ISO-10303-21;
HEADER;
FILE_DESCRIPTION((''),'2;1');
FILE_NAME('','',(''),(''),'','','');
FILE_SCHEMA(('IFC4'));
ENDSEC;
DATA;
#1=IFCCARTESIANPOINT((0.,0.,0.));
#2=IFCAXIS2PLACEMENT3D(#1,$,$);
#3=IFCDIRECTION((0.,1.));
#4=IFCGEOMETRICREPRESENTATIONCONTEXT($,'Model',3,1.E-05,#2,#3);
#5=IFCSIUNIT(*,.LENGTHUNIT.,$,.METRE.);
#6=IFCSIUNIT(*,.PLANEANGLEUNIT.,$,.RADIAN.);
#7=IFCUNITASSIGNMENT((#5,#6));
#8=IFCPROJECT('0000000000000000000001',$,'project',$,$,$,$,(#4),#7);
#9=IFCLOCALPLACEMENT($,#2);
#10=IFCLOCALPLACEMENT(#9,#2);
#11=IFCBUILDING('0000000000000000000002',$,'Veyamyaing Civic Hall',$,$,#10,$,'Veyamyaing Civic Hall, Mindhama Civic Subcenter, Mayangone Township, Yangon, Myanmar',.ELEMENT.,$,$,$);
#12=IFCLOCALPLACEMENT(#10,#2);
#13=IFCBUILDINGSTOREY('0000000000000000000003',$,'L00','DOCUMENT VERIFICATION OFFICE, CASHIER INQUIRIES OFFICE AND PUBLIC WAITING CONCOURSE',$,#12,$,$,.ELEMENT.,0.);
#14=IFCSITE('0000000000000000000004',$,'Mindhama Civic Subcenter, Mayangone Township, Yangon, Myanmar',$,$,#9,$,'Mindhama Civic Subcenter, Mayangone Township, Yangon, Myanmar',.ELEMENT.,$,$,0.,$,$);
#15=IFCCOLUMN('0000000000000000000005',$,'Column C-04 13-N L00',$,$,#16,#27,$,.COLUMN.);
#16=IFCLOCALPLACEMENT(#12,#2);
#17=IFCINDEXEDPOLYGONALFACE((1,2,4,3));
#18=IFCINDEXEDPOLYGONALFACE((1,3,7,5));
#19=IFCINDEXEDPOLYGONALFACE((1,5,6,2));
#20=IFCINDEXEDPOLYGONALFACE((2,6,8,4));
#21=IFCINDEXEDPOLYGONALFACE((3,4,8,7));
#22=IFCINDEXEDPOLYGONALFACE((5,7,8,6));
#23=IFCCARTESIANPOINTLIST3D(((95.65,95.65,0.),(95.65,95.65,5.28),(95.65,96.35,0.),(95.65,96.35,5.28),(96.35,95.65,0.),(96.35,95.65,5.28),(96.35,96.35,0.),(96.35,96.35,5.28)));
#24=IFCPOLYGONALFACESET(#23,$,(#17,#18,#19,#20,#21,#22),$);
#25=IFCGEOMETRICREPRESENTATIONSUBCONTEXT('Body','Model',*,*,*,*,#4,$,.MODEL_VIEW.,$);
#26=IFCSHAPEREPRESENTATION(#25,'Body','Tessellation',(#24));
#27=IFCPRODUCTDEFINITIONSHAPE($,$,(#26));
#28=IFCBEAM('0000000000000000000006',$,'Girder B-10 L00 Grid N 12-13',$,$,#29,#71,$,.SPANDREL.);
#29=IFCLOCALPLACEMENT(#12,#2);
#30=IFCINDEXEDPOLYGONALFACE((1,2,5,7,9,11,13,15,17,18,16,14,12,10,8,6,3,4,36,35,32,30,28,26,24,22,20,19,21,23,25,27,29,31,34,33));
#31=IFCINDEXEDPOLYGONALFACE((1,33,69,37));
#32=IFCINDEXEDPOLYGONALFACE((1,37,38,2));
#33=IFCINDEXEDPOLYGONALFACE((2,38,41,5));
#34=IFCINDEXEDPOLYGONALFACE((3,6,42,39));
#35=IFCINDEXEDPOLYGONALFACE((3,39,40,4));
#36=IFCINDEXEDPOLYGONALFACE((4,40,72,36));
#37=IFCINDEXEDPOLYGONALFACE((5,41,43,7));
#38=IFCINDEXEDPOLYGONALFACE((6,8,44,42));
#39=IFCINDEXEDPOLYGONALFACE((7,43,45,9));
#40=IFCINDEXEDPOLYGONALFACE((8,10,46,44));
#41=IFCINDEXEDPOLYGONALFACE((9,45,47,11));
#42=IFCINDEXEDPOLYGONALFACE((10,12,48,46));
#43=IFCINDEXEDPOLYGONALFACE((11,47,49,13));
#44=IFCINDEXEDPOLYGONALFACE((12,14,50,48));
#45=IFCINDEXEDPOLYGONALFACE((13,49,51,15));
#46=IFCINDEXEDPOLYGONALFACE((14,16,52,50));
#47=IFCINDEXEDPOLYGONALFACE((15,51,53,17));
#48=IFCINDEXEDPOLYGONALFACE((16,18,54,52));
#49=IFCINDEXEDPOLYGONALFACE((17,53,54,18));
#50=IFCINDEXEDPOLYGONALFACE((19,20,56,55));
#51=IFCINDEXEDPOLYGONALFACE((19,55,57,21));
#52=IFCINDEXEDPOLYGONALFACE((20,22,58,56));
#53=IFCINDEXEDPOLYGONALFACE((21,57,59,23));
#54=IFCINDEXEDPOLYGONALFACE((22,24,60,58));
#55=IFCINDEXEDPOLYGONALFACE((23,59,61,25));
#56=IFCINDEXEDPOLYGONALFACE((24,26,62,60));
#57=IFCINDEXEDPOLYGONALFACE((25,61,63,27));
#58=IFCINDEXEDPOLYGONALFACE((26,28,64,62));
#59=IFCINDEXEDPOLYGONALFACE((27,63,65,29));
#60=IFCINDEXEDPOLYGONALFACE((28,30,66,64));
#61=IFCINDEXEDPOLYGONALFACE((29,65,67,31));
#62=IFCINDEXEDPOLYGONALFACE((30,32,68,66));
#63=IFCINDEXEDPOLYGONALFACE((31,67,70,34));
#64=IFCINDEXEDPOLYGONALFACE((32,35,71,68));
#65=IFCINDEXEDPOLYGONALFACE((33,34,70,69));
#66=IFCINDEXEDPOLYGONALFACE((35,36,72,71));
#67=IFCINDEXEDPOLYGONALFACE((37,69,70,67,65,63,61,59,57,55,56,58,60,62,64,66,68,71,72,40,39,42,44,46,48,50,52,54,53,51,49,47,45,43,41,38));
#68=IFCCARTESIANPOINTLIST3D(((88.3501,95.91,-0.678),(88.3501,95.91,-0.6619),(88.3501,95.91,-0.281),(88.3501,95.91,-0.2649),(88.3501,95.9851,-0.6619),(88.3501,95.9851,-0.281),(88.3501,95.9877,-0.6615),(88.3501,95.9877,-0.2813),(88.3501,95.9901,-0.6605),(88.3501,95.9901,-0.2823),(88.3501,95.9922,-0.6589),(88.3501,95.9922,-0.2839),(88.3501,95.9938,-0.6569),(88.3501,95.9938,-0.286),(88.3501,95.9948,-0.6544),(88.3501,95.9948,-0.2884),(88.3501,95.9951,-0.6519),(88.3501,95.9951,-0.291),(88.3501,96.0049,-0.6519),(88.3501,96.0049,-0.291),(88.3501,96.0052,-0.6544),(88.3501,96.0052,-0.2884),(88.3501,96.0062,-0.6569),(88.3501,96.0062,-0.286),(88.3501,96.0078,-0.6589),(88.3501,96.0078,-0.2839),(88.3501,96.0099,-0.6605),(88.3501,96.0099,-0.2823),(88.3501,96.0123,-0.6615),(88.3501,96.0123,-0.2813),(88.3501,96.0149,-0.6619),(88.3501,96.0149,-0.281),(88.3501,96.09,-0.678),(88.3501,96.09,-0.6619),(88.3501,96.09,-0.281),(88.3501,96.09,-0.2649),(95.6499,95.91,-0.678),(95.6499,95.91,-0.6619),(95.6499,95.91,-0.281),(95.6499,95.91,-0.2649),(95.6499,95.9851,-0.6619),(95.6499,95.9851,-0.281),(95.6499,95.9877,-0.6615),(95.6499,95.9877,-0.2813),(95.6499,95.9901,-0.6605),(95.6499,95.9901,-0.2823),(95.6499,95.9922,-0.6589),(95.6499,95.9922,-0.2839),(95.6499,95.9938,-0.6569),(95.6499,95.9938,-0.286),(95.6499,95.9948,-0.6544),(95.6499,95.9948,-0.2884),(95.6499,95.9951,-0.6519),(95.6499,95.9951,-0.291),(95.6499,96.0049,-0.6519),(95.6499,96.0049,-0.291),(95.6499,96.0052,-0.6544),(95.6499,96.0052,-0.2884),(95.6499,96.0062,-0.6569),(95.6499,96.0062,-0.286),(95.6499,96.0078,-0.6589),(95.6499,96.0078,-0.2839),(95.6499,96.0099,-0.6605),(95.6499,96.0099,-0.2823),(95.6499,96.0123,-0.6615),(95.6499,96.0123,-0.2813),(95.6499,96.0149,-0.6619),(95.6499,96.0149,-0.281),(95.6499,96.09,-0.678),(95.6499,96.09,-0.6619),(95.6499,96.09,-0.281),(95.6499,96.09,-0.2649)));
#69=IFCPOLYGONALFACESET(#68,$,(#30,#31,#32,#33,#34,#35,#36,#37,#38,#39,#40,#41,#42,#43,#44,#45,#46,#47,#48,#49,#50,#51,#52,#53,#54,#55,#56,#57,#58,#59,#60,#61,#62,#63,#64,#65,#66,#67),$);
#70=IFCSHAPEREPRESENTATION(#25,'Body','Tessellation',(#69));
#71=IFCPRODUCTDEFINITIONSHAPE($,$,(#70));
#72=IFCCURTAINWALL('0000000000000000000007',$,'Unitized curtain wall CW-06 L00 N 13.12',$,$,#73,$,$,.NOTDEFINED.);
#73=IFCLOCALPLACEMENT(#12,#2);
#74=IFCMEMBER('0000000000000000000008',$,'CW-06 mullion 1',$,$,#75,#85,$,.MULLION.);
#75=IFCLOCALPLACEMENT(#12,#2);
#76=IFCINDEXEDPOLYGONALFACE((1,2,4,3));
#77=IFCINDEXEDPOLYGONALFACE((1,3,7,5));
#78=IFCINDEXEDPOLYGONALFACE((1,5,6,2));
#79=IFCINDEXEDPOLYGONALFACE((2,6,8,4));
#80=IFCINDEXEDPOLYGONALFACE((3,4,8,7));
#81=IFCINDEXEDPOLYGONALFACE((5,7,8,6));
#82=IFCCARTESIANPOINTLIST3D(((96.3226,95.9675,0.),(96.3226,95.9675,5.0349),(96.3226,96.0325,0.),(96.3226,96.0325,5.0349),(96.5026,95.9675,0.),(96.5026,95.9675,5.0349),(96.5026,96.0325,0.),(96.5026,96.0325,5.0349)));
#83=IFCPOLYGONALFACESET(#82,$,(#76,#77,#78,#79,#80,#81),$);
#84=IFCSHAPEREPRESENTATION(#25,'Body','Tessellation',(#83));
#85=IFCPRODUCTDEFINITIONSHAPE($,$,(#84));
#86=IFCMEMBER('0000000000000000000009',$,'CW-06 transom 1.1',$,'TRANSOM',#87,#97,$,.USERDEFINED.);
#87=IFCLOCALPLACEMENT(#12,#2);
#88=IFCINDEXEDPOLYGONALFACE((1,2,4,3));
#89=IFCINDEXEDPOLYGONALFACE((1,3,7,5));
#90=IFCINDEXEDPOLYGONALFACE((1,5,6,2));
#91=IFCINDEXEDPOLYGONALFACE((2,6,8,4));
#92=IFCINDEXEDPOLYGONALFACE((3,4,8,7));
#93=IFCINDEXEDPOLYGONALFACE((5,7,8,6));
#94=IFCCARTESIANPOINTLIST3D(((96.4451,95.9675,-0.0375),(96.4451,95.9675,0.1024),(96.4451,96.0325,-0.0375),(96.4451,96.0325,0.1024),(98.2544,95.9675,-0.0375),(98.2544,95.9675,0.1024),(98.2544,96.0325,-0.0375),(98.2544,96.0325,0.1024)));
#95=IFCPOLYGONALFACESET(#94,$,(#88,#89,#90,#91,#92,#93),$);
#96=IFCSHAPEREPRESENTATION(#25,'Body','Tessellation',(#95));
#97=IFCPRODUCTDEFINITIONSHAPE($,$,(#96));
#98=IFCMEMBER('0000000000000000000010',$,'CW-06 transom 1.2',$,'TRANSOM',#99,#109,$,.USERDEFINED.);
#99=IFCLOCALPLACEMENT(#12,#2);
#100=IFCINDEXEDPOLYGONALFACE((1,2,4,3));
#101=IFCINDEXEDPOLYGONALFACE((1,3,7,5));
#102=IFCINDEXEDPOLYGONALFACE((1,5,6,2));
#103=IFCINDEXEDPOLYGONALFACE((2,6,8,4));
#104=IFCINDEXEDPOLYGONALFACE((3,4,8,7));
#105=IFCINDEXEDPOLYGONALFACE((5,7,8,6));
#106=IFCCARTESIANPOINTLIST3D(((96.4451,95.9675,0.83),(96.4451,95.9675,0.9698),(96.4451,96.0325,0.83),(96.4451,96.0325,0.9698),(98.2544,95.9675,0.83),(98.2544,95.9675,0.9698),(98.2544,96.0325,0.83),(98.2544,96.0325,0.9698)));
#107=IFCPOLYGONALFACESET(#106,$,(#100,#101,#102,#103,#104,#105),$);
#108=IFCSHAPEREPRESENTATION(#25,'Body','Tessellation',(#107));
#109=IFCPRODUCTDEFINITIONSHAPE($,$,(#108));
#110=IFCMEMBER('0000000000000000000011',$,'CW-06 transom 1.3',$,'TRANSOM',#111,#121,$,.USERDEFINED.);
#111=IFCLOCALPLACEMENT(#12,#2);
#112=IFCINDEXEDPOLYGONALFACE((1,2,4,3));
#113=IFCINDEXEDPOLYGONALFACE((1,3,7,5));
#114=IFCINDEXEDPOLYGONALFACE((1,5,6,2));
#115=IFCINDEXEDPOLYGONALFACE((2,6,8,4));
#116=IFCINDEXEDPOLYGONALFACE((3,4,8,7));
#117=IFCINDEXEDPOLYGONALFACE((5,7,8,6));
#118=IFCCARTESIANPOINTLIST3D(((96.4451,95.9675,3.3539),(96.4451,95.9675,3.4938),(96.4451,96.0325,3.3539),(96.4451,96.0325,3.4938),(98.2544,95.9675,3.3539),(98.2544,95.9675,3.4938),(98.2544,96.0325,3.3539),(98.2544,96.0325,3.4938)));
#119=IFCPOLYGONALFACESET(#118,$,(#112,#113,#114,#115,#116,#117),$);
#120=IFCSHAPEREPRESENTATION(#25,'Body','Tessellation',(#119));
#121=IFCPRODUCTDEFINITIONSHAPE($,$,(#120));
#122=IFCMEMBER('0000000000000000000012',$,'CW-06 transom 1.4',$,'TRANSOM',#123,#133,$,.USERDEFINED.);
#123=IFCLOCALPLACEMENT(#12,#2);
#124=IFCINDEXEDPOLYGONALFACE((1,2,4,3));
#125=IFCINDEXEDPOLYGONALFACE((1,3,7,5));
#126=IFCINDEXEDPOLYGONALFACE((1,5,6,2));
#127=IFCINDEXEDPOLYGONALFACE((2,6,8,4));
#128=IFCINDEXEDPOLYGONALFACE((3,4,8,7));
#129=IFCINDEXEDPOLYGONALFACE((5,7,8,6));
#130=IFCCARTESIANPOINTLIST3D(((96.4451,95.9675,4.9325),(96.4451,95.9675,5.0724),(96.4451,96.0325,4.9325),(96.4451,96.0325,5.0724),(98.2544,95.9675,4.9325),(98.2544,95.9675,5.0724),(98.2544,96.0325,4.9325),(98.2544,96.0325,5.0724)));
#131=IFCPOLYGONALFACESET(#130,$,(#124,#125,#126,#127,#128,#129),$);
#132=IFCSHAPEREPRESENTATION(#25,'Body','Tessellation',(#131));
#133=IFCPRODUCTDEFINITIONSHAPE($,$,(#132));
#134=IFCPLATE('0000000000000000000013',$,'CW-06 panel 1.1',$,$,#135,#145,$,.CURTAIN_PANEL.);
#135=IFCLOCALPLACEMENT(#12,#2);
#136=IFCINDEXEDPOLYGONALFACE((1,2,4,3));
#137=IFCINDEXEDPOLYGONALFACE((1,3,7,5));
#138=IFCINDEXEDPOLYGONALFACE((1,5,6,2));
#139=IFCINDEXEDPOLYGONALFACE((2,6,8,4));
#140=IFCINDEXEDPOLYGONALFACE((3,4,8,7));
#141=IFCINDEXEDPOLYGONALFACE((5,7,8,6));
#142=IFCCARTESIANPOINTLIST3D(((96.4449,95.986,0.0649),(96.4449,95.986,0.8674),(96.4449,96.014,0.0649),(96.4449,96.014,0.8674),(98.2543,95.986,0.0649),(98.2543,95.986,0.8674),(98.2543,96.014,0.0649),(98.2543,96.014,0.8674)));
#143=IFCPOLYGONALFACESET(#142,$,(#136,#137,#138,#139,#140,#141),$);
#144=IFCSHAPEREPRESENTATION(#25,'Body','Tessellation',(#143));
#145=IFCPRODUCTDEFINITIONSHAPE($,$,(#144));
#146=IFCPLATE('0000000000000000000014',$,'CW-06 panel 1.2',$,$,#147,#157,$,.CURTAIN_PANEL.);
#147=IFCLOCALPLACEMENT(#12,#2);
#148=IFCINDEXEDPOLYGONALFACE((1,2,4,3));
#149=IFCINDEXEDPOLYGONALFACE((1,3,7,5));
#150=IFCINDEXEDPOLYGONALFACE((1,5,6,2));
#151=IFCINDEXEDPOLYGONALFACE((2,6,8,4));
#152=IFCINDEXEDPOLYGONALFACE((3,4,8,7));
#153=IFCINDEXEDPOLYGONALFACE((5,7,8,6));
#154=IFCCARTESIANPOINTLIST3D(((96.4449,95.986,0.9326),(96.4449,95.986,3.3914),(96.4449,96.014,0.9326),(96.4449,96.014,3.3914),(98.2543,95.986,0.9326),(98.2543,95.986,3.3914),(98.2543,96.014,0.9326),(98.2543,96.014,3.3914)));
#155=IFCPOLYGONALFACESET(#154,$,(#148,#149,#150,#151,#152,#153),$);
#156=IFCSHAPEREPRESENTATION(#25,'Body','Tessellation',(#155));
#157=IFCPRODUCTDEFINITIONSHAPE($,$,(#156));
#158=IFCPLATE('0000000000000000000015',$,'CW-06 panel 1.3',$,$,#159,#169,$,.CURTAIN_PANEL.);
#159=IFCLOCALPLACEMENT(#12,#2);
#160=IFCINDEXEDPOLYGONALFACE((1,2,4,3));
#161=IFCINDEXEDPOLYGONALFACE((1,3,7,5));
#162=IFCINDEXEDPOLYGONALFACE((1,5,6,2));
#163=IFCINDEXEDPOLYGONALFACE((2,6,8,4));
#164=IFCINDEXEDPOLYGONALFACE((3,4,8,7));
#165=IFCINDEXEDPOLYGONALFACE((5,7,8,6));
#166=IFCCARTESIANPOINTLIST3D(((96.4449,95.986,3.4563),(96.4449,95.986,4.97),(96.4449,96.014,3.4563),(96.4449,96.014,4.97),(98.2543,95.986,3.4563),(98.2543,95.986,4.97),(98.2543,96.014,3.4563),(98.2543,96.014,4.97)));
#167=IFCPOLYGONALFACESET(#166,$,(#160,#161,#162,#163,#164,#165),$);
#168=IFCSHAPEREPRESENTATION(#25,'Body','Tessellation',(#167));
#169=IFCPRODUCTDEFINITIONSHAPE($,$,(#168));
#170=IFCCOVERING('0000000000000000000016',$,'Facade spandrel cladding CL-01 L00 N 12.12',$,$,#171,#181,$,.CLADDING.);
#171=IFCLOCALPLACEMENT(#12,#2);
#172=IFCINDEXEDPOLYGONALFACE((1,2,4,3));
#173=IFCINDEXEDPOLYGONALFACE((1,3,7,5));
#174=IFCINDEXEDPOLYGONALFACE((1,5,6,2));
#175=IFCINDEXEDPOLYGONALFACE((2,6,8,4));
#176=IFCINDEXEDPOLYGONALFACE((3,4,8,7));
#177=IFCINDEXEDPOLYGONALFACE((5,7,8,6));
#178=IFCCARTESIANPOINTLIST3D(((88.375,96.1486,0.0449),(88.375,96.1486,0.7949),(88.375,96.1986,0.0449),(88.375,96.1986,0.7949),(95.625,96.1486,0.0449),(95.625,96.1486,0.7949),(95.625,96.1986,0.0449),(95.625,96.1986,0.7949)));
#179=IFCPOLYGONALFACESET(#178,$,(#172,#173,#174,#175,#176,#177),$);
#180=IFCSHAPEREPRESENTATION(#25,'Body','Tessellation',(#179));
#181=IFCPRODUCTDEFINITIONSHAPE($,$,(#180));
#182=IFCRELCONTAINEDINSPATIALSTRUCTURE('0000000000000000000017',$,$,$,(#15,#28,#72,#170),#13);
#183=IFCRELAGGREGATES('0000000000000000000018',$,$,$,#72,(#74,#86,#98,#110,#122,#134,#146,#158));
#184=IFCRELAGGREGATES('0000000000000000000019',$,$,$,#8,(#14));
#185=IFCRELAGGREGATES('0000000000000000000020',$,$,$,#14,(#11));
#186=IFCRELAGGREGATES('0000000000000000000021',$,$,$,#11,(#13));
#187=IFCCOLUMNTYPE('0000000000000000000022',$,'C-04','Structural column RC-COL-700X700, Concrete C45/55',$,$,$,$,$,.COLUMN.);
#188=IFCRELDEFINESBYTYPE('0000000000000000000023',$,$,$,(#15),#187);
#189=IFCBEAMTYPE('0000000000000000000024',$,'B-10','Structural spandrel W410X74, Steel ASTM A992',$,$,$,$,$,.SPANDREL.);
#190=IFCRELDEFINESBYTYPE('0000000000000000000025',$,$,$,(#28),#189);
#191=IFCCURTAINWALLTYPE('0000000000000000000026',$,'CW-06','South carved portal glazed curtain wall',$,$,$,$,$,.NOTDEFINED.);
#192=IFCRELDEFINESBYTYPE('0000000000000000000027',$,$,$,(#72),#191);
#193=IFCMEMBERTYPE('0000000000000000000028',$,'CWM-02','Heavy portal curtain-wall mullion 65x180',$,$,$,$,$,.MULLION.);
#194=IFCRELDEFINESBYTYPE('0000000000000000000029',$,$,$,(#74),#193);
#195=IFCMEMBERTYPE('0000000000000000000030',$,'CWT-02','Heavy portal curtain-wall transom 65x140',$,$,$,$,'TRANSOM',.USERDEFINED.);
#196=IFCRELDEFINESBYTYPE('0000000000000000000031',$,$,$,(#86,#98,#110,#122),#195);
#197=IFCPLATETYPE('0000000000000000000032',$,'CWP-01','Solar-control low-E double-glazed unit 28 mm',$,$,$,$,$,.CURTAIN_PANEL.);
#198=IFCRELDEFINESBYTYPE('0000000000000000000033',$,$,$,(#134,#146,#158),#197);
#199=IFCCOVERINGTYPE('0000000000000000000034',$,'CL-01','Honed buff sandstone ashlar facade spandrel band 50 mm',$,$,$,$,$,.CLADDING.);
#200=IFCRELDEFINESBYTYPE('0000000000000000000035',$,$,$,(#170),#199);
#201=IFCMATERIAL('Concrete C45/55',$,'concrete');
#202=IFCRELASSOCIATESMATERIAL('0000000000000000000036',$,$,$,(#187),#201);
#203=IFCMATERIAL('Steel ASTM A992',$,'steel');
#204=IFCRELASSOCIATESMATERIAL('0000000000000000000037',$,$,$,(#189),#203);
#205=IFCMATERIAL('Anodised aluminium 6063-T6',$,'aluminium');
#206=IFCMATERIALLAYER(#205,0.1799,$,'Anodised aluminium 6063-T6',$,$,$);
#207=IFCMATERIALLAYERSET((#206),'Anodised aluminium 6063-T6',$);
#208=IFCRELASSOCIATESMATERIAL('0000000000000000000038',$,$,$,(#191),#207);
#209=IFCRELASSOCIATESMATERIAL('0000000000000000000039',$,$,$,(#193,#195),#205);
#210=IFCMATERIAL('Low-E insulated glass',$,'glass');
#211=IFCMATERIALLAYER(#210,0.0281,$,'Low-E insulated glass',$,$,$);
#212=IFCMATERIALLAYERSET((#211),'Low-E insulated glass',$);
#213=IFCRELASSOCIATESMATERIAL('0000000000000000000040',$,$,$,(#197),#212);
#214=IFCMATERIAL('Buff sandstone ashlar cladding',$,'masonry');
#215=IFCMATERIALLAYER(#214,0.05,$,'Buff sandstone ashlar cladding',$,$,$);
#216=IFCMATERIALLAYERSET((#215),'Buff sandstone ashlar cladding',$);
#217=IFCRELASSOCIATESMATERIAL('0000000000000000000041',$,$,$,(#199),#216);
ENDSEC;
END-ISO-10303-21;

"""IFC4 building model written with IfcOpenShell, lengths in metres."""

from ifc_helpers import new_model, si_unit, direction, frame, origin, origin_2d, place, context, subcontext, project, spatial, rectangle, i_section, extrude, material, layer, layer_set, material_profile, profile_set, type_object, element, aggregate, save


model = new_model("IFC4")

# Units and contexts
model_context = context("Model", 3, precision=1e-05, world=origin(), true_north=direction((0.0, 1.0)))
body_context = subcontext(model_context, "Body", "Model", "MODEL_VIEW")
ifc_project = project(units=[si_unit("LENGTHUNIT", "METRE"), si_unit("PLANEANGLEUNIT", "RADIAN")], contexts=[model_context])

# Site, building, storey
site_placement = place(None, origin())
site = spatial("IfcSite", under=ifc_project, at=site_placement, Name="Mindhama Civic Subcenter, Mayangone Township, Yangon, Myanmar", LongName="Mindhama Civic Subcenter, Mayangone Township, Yangon, Myanmar", CompositionType="ELEMENT", RefElevation=0.0)
building_placement = place(site_placement, origin())
building = spatial("IfcBuilding", under=site, at=building_placement, Name="Veyamyaing Civic Hall", LongName="Veyamyaing Civic Hall, Mindhama Civic Subcenter, Mayangone Township, Yangon, Myanmar", CompositionType="ELEMENT")
storey_placement = place(building_placement, origin())
storey = spatial("IfcBuildingStorey", under=building, at=storey_placement, Name="L00", Description="DOCUMENT VERIFICATION OFFICE, CASHIER INQUIRIES OFFICE AND PUBLIC WAITING CONCOURSE", CompositionType="ELEMENT", Elevation=0.0)

# Column
ifc_material_1 = material(Name="Concrete C45/55", Category="concrete")
ifc_material_profile_1 = material_profile(ifc_material_1, rectangle(XDim=0.7, YDim=0.7, at=origin_2d()), Name="RC-COL-700X700")
ifc_profile_set_1 = profile_set([ifc_material_profile_1], Name="Concrete C45/55")
column_type = type_object("IfcColumnType", Name="C-04", Description="Structural column RC-COL-700X700, Concrete C45/55", PredefinedType="COLUMN", material=ifc_profile_set_1)
column_placement = place(storey_placement, frame((96.0, 96.0, 0.0), z_axis=(0.0, 0.0, 1.0), x_axis=(1.0, 0.0, 0.0)))
element("IfcColumn", 1, at=column_placement, inside=storey, type_object=column_type, Name="Column C-04 13-N L00", PredefinedType="COLUMN", context=body_context, shape_type="SweptSolid", body=[
    extrude(rectangle(XDim=0.7, YDim=0.7, at=origin_2d()), origin(), (0.0, 0.0, 1.0), 5.28),
])

# Beam
ifc_material_2 = material(Name="Steel ASTM A992", Category="steel")
ifc_material_profile_2 = material_profile(ifc_material_2, i_section(OverallWidth=0.1799, OverallDepth=0.4131, WebThickness=0.0098, FlangeThickness=0.0161, FilletRadius=0.01, at=origin_2d()), Name="W410X74")
ifc_profile_set_2 = profile_set([ifc_material_profile_2], Name="Steel ASTM A992")
beam_type = type_object("IfcBeamType", Name="B-10", Description="Structural spandrel W410X74, Steel ASTM A992", PredefinedType="SPANDREL", material=ifc_profile_set_2)
beam_placement = place(storey_placement, frame((88.3501, 96.0, -0.4714), z_axis=(1.0, 0.0, 0.0), x_axis=(0.0, 1.0, 0.0)))
element("IfcBeam", 2, at=beam_placement, inside=storey, type_object=beam_type, Name="Girder B-10 L00 Grid N 12-13", PredefinedType="SPANDREL", context=body_context, shape_type="SweptSolid", body=[
    extrude(i_section(OverallWidth=0.1799, OverallDepth=0.4131, WebThickness=0.0098, FlangeThickness=0.0161, FilletRadius=0.01, at=origin_2d()), origin(), (0.0, 0.0, 1.0), 7.2998),
])

# Curtain wall, members, plates
ifc_material_3 = material(Name="Anodised aluminium 6063-T6", Category="aluminium")
ifc_layer_1 = layer(ifc_material_3, 0.1799, Name="Anodised aluminium 6063-T6")
ifc_layer_set_1 = layer_set([ifc_layer_1], Name="Anodised aluminium 6063-T6")
curtain_wall_type = type_object("IfcCurtainWallType", Name="CW-06", Description="South carved portal glazed curtain wall", PredefinedType="NOTDEFINED", material=ifc_layer_set_1)
curtain_wall_placement = place(storey_placement, origin())
curtain_wall = element("IfcCurtainWall", 3, at=curtain_wall_placement, inside=storey, type_object=curtain_wall_type, Name="Unitized curtain wall CW-06 L00 N 13.12", PredefinedType="NOTDEFINED")
ifc_material_profile_3 = material_profile(ifc_material_3, rectangle(XDim=0.0649, YDim=0.1799, at=origin_2d()), Name="ALU-MUL-65X180")
ifc_profile_set_3 = profile_set([ifc_material_profile_3], Name="Anodised aluminium 6063-T6")
member_type_1 = type_object("IfcMemberType", Name="CWM-02", Description="Heavy portal curtain-wall mullion 65x180", PredefinedType="MULLION", material=ifc_profile_set_3)
member_1_placement = place(storey_placement, frame((96.4126, 96.0, 0.0), z_axis=(0.0, 0.0, 1.0), x_axis=(0.0, 1.0, 0.0)))
member_1 = element("IfcMember", 4, at=member_1_placement, type_object=member_type_1, Name="CW-06 mullion 1", PredefinedType="MULLION", context=body_context, shape_type="SweptSolid", body=[
    extrude(rectangle(XDim=0.0649, YDim=0.1799, at=origin_2d()), origin(), (0.0, 0.0, 1.0), 5.0349),
])
ifc_material_profile_4 = material_profile(ifc_material_3, rectangle(XDim=0.0649, YDim=0.1399, at=origin_2d()), Name="ALU-TRN-65X140")
ifc_profile_set_4 = profile_set([ifc_material_profile_4], Name="Anodised aluminium 6063-T6")
member_type_2 = type_object("IfcMemberType", Name="CWT-02", Description="Heavy portal curtain-wall transom 65x140", ElementType="TRANSOM", PredefinedType="USERDEFINED", material=ifc_profile_set_4)
member_2_placement = place(storey_placement, frame((96.4451, 96.0, 0.0325), z_axis=(1.0, 0.0, 0.0), x_axis=(0.0, 1.0, 0.0)))
member_2 = element("IfcMember", 5, at=member_2_placement, type_object=member_type_2, Name="CW-06 transom 1.1", ObjectType="TRANSOM", PredefinedType="USERDEFINED", context=body_context, shape_type="SweptSolid", body=[
    extrude(rectangle(XDim=0.0649, YDim=0.1399, at=origin_2d()), origin(), (0.0, 0.0, 1.0), 1.8093),
])
member_3_placement = place(storey_placement, frame((96.4451, 96.0, 0.8999), z_axis=(1.0, 0.0, 0.0), x_axis=(0.0, 1.0, 0.0)))
member_3 = element("IfcMember", 6, at=member_3_placement, type_object=member_type_2, Name="CW-06 transom 1.2", ObjectType="TRANSOM", PredefinedType="USERDEFINED", context=body_context, shape_type="SweptSolid", body=[
    extrude(rectangle(XDim=0.0649, YDim=0.1399, at=origin_2d()), origin(), (0.0, 0.0, 1.0), 1.8093),
])
member_4_placement = place(storey_placement, frame((96.4451, 96.0, 3.4238), z_axis=(1.0, 0.0, 0.0), x_axis=(0.0, 1.0, 0.0)))
member_4 = element("IfcMember", 7, at=member_4_placement, type_object=member_type_2, Name="CW-06 transom 1.3", ObjectType="TRANSOM", PredefinedType="USERDEFINED", context=body_context, shape_type="SweptSolid", body=[
    extrude(rectangle(XDim=0.0649, YDim=0.1399, at=origin_2d()), origin(), (0.0, 0.0, 1.0), 1.8093),
])
member_5_placement = place(storey_placement, frame((96.4451, 96.0, 5.0024), z_axis=(1.0, 0.0, 0.0), x_axis=(0.0, 1.0, 0.0)))
member_5 = element("IfcMember", 8, at=member_5_placement, type_object=member_type_2, Name="CW-06 transom 1.4", ObjectType="TRANSOM", PredefinedType="USERDEFINED", context=body_context, shape_type="SweptSolid", body=[
    extrude(rectangle(XDim=0.0649, YDim=0.1399, at=origin_2d()), origin(), (0.0, 0.0, 1.0), 1.8093),
])
ifc_material_4 = material(Name="Low-E insulated glass", Category="glass")
ifc_layer_2 = layer(ifc_material_4, 0.0281, Name="Low-E insulated glass")
ifc_layer_set_2 = layer_set([ifc_layer_2], Name="Low-E insulated glass")
plate_type = type_object("IfcPlateType", Name="CWP-01", Description="Solar-control low-E double-glazed unit 28 mm", PredefinedType="CURTAIN_PANEL", material=ifc_layer_set_2)
plate_1_placement = place(storey_placement, frame((97.3496, 96.0, 0.0649), z_axis=(0.0, 0.0, 1.0), x_axis=(1.0, 0.0, 0.0)))
plate_1 = element("IfcPlate", 9, at=plate_1_placement, type_object=plate_type, Name="CW-06 panel 1.1", PredefinedType="CURTAIN_PANEL", context=body_context, shape_type="SweptSolid", body=[
    extrude(rectangle(XDim=1.8093, YDim=0.0281, at=origin_2d()), origin(), (0.0, 0.0, 1.0), 0.8025),
])
plate_2_placement = place(storey_placement, frame((97.3496, 96.0, 0.9326), z_axis=(0.0, 0.0, 1.0), x_axis=(1.0, 0.0, 0.0)))
plate_2 = element("IfcPlate", 10, at=plate_2_placement, type_object=plate_type, Name="CW-06 panel 1.2", PredefinedType="CURTAIN_PANEL", context=body_context, shape_type="SweptSolid", body=[
    extrude(rectangle(XDim=1.8093, YDim=0.0281, at=origin_2d()), origin(), (0.0, 0.0, 1.0), 2.4587),
])
plate_3_placement = place(storey_placement, frame((97.3496, 96.0, 3.4563), z_axis=(0.0, 0.0, 1.0), x_axis=(1.0, 0.0, 0.0)))
plate_3 = element("IfcPlate", 11, at=plate_3_placement, type_object=plate_type, Name="CW-06 panel 1.3", PredefinedType="CURTAIN_PANEL", context=body_context, shape_type="SweptSolid", body=[
    extrude(rectangle(XDim=1.8093, YDim=0.0281, at=origin_2d()), origin(), (0.0, 0.0, 1.0), 1.5137),
])
aggregate(curtain_wall, [member_1, member_2, member_3, member_4, member_5, plate_1, plate_2, plate_3])

# Covering
ifc_material_5 = material(Name="Buff sandstone ashlar cladding", Category="masonry")
ifc_layer_3 = layer(ifc_material_5, 0.05, Name="Buff sandstone ashlar cladding")
ifc_layer_set_3 = layer_set([ifc_layer_3], Name="Buff sandstone ashlar cladding")
covering_type_1 = type_object("IfcCoveringType", Name="CL-01", Description="Honed buff sandstone ashlar facade spandrel band 50 mm", PredefinedType="CLADDING", material=ifc_layer_set_3)
covering_placement = place(storey_placement, frame((92.0, 96.1736, 0.0449), z_axis=(0.0, 0.0, 1.0), x_axis=(1.0, 0.0, 0.0)))
element("IfcCovering", 12, at=covering_placement, inside=storey, type_object=covering_type_1, Name="Facade spandrel cladding CL-01 L00 N 12.12", PredefinedType="CLADDING", context=body_context, shape_type="SweptSolid", body=[
    extrude(rectangle(XDim=7.25, YDim=0.05, at=origin_2d()), origin(), (0.0, 0.0, 1.0), 0.75),
])

save(model, "model.ifc")
